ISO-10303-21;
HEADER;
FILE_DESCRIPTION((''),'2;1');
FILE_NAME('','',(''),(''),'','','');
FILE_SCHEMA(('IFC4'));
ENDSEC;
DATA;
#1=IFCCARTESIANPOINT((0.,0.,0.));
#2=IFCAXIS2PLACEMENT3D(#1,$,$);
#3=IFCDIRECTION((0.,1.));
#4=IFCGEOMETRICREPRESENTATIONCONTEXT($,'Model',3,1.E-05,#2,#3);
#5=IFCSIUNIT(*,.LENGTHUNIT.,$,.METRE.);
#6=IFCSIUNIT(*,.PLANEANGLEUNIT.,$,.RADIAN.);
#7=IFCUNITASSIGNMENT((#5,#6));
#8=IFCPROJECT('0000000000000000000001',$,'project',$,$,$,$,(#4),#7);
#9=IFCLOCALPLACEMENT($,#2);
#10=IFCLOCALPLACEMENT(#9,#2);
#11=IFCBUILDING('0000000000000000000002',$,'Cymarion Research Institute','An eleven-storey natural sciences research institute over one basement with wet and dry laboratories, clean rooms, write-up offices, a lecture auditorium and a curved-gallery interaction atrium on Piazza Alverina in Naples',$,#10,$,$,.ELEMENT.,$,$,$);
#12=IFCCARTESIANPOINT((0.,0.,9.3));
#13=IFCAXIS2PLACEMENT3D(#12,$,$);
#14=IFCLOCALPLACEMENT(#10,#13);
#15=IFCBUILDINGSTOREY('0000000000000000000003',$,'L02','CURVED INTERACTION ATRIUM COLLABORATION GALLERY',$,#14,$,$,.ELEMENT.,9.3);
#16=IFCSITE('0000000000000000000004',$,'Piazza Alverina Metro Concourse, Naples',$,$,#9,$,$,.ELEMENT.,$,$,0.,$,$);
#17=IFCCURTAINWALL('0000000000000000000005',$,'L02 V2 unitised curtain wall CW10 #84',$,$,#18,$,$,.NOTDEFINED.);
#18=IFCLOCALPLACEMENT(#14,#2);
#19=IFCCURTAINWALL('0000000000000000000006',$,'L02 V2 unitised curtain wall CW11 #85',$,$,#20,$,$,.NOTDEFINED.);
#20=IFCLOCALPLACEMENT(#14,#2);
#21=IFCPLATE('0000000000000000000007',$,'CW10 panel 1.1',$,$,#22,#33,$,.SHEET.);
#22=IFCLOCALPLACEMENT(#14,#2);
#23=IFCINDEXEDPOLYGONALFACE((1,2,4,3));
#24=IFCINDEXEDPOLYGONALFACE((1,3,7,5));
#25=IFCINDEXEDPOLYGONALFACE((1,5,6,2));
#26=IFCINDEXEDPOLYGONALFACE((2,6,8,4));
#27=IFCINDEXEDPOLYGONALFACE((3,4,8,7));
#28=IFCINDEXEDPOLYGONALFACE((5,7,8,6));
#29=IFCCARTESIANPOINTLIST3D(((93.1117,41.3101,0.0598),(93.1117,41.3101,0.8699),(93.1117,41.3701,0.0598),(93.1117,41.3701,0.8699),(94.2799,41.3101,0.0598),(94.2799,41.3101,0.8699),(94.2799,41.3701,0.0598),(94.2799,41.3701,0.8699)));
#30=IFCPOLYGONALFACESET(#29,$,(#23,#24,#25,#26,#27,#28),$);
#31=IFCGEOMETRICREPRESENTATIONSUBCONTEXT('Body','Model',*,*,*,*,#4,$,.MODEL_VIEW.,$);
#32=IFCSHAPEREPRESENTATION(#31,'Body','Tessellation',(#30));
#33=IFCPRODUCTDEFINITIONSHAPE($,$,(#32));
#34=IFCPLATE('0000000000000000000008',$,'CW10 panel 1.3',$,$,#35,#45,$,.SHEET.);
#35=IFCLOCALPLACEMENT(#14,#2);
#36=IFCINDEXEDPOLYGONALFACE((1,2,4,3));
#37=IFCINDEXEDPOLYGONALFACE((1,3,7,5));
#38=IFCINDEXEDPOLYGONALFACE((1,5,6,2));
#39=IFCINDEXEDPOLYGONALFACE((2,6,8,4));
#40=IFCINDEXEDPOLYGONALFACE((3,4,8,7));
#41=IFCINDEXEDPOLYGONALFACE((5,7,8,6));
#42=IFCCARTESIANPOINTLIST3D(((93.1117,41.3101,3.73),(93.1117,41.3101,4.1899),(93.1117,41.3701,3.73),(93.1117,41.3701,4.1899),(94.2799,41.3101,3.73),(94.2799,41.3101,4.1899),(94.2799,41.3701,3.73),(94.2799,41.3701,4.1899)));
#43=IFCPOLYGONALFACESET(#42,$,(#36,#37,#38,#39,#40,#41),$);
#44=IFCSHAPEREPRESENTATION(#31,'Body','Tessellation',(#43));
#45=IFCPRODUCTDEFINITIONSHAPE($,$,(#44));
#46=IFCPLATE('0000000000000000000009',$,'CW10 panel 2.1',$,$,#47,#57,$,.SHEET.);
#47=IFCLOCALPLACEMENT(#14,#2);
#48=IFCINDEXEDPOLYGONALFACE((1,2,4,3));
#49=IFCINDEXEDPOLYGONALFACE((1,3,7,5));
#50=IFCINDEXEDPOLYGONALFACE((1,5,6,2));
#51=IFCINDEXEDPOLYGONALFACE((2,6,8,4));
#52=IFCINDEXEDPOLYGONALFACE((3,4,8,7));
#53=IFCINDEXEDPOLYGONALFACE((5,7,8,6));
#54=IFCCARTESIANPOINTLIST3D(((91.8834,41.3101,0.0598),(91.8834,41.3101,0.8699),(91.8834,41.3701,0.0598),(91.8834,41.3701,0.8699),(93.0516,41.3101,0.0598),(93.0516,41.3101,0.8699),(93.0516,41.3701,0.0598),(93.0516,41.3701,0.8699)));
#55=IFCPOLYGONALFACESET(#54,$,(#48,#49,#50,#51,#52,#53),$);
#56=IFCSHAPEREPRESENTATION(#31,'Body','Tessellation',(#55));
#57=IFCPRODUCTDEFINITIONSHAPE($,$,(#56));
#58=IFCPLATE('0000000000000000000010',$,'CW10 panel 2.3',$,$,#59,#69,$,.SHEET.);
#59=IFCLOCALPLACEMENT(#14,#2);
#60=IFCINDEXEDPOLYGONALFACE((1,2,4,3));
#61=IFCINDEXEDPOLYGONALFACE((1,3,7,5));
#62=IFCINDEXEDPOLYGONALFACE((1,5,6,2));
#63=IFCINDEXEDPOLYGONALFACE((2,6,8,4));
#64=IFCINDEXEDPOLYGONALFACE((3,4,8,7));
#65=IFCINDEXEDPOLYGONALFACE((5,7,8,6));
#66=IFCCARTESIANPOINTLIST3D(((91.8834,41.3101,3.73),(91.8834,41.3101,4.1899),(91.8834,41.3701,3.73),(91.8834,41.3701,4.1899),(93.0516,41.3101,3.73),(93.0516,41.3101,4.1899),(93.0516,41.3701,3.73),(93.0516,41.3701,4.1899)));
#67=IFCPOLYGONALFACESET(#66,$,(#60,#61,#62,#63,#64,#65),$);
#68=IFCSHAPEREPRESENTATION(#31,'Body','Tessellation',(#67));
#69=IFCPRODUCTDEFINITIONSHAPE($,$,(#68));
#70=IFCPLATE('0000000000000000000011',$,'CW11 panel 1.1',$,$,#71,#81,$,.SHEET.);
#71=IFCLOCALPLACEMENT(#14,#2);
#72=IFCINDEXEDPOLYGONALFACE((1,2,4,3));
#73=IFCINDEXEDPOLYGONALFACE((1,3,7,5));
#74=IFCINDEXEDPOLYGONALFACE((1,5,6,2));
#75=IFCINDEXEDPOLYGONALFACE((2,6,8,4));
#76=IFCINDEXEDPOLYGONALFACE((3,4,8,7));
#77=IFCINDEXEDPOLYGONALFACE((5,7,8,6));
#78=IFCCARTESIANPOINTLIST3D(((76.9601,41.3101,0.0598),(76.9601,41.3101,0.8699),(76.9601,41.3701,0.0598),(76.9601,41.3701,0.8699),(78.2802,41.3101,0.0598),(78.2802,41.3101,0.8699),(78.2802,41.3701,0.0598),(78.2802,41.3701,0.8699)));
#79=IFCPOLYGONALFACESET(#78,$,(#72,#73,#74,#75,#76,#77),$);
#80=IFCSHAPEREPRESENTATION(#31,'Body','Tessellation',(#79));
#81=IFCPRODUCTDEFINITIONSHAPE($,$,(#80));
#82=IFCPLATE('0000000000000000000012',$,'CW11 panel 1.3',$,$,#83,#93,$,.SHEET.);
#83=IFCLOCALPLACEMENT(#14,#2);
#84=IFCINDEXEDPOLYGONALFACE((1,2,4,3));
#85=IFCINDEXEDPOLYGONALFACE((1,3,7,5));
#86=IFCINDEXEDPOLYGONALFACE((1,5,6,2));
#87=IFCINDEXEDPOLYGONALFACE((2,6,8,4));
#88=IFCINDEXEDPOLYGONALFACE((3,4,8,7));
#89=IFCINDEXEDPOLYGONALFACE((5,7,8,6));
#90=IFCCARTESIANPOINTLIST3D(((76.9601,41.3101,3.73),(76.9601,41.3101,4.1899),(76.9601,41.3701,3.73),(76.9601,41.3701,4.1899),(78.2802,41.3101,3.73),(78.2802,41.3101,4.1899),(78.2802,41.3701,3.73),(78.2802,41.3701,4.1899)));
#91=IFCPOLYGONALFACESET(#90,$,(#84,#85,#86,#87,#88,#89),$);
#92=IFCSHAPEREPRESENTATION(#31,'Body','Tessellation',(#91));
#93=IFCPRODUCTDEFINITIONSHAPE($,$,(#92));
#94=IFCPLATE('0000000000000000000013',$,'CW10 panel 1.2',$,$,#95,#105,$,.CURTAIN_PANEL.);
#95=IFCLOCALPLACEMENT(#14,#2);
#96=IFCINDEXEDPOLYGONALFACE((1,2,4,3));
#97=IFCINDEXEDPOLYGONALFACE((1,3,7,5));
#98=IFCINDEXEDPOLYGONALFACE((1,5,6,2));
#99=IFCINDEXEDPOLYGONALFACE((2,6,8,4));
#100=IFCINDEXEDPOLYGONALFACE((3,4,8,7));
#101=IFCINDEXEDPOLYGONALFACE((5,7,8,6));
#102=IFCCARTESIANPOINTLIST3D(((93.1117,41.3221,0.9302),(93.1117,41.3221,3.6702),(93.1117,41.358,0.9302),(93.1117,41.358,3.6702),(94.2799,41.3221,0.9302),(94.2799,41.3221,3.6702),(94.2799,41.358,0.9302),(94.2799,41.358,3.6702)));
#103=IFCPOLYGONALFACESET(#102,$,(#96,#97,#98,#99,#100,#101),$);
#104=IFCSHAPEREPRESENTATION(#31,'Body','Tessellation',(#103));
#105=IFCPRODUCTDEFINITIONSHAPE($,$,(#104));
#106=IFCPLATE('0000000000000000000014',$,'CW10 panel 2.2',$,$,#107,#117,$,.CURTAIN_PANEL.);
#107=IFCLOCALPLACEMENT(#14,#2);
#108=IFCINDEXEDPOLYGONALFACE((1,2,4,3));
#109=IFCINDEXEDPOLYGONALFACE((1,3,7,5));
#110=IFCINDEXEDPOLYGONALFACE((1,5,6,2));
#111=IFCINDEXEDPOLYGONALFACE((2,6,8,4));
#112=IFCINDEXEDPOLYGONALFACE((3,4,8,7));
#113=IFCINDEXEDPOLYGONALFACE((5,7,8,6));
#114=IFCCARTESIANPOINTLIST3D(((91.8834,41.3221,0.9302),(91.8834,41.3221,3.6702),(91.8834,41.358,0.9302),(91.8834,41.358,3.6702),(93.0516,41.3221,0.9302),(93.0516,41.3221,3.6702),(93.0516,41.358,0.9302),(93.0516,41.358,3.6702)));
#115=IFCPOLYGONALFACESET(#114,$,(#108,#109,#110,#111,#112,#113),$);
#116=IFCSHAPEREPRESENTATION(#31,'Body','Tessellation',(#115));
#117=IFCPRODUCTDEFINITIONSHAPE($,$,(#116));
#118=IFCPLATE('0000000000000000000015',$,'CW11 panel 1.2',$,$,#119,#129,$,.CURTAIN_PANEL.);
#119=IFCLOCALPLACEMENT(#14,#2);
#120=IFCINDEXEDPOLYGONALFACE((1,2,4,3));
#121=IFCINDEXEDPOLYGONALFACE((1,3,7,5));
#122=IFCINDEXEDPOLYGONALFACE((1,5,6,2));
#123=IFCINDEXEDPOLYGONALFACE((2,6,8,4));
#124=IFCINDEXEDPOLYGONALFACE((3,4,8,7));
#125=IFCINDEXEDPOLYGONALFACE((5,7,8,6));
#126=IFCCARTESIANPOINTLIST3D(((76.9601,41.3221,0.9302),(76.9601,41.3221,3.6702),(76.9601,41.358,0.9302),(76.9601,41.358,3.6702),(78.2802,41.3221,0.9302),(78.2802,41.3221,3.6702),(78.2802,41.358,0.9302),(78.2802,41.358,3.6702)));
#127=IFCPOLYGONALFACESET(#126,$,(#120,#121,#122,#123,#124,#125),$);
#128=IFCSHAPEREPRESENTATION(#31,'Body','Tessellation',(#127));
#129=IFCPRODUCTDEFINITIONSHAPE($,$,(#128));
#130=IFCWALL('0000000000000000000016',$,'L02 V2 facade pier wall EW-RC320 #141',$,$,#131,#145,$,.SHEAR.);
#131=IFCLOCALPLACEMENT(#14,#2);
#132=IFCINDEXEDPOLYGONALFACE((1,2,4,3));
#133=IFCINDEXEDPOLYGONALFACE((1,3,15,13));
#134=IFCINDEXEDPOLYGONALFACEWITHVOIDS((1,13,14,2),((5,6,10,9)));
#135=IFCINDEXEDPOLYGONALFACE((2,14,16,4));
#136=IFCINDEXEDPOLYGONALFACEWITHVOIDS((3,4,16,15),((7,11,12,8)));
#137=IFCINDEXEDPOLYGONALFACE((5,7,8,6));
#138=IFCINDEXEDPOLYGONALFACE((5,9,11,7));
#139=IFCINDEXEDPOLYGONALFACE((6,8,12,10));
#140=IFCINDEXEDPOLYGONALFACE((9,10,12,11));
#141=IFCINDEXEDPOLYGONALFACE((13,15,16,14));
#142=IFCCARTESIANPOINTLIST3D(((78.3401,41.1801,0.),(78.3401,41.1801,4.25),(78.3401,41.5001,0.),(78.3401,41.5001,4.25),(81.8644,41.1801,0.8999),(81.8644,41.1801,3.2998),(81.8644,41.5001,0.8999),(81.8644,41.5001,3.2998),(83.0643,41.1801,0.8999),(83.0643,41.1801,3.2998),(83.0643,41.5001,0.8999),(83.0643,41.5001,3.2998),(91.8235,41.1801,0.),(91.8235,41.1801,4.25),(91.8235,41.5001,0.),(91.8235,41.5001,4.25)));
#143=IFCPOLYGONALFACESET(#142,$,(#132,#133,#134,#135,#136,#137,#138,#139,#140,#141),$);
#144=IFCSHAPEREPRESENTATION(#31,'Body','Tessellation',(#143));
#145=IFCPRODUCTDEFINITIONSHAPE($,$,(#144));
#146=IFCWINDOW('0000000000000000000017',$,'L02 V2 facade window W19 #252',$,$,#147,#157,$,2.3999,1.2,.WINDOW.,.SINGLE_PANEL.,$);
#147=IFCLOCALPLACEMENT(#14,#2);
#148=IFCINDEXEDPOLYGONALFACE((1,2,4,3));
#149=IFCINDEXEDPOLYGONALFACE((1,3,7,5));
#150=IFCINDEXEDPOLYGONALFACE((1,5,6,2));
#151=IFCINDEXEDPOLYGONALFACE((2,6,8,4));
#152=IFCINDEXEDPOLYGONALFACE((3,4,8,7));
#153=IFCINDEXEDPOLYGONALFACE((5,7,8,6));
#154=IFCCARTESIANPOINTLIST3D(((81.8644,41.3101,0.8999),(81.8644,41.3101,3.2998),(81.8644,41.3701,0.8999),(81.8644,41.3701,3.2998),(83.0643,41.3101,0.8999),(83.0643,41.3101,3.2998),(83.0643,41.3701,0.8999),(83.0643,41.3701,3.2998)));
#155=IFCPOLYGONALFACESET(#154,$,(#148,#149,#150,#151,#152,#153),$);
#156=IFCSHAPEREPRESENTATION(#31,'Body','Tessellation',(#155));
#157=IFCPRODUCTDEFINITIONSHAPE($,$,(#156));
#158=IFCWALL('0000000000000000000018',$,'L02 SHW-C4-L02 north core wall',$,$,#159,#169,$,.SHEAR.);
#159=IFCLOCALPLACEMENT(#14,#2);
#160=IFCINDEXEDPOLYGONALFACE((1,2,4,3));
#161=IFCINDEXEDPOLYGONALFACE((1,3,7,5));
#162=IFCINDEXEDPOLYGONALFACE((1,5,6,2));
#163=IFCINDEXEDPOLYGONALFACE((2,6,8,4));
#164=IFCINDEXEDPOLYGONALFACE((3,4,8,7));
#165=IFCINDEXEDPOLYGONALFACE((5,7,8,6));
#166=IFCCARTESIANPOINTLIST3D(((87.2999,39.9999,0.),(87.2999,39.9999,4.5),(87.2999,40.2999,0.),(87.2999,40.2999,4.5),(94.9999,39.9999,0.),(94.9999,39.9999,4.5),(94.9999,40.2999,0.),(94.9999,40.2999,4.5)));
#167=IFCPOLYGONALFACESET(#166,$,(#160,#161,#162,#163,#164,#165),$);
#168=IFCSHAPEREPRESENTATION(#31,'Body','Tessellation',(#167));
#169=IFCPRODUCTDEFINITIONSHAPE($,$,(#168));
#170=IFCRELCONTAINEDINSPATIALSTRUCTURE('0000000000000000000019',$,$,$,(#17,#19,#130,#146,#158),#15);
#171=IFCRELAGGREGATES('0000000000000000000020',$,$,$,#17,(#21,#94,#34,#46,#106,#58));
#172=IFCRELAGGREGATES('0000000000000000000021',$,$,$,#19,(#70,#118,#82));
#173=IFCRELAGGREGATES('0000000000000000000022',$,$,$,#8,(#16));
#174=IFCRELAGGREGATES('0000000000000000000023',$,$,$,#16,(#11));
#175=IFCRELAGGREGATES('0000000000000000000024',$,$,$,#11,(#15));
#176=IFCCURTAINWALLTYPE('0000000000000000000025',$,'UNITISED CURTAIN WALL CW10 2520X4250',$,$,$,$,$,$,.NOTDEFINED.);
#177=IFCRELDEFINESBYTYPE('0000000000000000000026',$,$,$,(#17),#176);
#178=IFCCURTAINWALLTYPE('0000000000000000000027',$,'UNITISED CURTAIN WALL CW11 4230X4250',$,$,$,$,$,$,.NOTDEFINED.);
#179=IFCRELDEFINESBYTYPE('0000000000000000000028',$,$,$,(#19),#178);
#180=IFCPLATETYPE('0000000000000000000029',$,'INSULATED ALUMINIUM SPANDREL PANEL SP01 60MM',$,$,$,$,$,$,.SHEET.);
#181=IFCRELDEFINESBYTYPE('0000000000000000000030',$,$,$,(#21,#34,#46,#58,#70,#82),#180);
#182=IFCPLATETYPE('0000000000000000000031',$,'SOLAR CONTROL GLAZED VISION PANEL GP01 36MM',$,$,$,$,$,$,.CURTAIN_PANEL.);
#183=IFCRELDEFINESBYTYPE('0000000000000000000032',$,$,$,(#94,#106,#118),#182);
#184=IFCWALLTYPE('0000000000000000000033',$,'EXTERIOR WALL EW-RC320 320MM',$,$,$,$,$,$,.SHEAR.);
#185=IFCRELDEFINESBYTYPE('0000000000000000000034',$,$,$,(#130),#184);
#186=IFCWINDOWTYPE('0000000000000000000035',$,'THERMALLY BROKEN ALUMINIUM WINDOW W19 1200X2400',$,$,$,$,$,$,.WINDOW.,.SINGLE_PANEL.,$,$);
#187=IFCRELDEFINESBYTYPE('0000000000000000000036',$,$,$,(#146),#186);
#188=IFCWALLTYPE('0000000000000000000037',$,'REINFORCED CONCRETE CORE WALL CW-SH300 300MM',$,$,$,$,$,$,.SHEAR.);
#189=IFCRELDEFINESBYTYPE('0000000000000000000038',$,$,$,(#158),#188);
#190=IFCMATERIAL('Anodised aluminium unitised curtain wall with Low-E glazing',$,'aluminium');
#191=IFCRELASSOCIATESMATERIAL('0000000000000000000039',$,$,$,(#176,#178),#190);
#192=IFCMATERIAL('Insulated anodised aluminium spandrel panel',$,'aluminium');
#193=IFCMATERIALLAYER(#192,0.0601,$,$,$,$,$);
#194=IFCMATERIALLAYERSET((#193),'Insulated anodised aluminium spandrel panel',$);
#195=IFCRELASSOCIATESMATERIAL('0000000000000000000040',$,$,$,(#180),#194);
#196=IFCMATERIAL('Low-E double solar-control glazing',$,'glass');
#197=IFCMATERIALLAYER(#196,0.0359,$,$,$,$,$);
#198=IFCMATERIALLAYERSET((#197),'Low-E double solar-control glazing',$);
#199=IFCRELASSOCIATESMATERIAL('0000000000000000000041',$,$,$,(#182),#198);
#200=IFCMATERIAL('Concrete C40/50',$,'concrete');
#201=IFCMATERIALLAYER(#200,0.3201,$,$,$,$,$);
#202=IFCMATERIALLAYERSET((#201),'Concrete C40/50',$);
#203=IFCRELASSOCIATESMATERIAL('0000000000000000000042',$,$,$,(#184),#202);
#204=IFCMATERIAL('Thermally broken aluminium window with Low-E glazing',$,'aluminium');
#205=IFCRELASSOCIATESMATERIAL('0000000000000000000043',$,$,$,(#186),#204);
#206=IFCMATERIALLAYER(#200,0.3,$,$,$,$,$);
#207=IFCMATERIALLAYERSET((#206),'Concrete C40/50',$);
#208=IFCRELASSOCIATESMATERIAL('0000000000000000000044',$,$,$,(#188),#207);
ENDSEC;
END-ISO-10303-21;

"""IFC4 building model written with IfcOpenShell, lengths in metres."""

from ifc_helpers import new_model, si_unit, direction, frame, frame_2d, origin, origin_2d, place, context, subcontext, project, spatial, rectangle, extrude, material, layer, layer_set, type_object, element, fill, aggregate, save


model = new_model("IFC4")

# Units and contexts
model_context = context("Model", 3, precision=1e-05, world=origin(), true_north=direction((0.0, 1.0)))
body_context = subcontext(model_context, "Body", "Model", "MODEL_VIEW")
ifc_project = project(units=[si_unit("LENGTHUNIT", "METRE"), si_unit("PLANEANGLEUNIT", "RADIAN")], contexts=[model_context])

# Site, building, storey
site_placement = place(None, origin())
site = spatial("IfcSite", under=ifc_project, at=site_placement, Name="Piazza Alverina Metro Concourse, Naples", CompositionType="ELEMENT", RefElevation=0.0)
building_placement = place(site_placement, origin())
building = spatial("IfcBuilding", under=site, at=building_placement, Name="Cymarion Research Institute", Description="An eleven-storey natural sciences research institute over one basement with wet and dry laboratories, clean rooms, write-up offices, a lecture auditorium and a curved-gallery interaction atrium on Piazza Alverina in Naples", CompositionType="ELEMENT")
storey_placement = place(building_placement, frame((0.0, 0.0, 9.3)))
storey = spatial("IfcBuildingStorey", under=building, at=storey_placement, Name="L02", Description="CURVED INTERACTION ATRIUM COLLABORATION GALLERY", CompositionType="ELEMENT", Elevation=9.3)

# Curtain walls
ifc_material_1 = material(Name="Anodised aluminium unitised curtain wall with Low-E glazing", Category="aluminium")
curtain_wall_type_1 = type_object("IfcCurtainWallType", Name="UNITISED CURTAIN WALL CW10 2520X4250", PredefinedType="NOTDEFINED", material=ifc_material_1)
curtain_wall_1_placement = place(storey_placement, origin())
curtain_wall_1 = element("IfcCurtainWall", 1, at=curtain_wall_1_placement, inside=storey, type_object=curtain_wall_type_1, Name="L02 V2 unitised curtain wall CW10 #84", PredefinedType="NOTDEFINED")
curtain_wall_type_2 = type_object("IfcCurtainWallType", Name="UNITISED CURTAIN WALL CW11 4230X4250", PredefinedType="NOTDEFINED", material=ifc_material_1)
curtain_wall_2_placement = place(storey_placement, origin())
curtain_wall_2 = element("IfcCurtainWall", 2, at=curtain_wall_2_placement, inside=storey, type_object=curtain_wall_type_2, Name="L02 V2 unitised curtain wall CW11 #85", PredefinedType="NOTDEFINED")

# Plates
ifc_material_2 = material(Name="Insulated anodised aluminium spandrel panel", Category="aluminium")
ifc_layer_1 = layer(ifc_material_2, 0.0601)
ifc_layer_set_1 = layer_set([ifc_layer_1], Name="Insulated anodised aluminium spandrel panel")
plate_type_1 = type_object("IfcPlateType", Name="INSULATED ALUMINIUM SPANDREL PANEL SP01 60MM", PredefinedType="SHEET", material=ifc_layer_set_1)
plate_1_placement = place(storey_placement, frame((93.6958, 41.3401, 0.0598), z_axis=(0.0, 0.0, 1.0), x_axis=(-1.0, 0.0, 0.0)))
plate_1 = element("IfcPlate", 3, at=plate_1_placement, type_object=plate_type_1, Name="CW10 panel 1.1", PredefinedType="SHEET", context=body_context, shape_type="SweptSolid", body=[
    extrude(rectangle(XDim=1.1682, YDim=0.0601, at=origin_2d()), origin(), (0.0, 0.0, 1.0), 0.8101),
])
plate_2_placement = place(storey_placement, frame((93.6958, 41.3401, 3.73), z_axis=(0.0, 0.0, 1.0), x_axis=(-1.0, 0.0, 0.0)))
plate_2 = element("IfcPlate", 4, at=plate_2_placement, type_object=plate_type_1, Name="CW10 panel 1.3", PredefinedType="SHEET", context=body_context, shape_type="SweptSolid", body=[
    extrude(rectangle(XDim=1.1682, YDim=0.0601, at=origin_2d()), origin(), (0.0, 0.0, 1.0), 0.46),
])
plate_3_placement = place(storey_placement, frame((92.4675, 41.3401, 0.0598), z_axis=(0.0, 0.0, 1.0), x_axis=(-1.0, 0.0, 0.0)))
plate_3 = element("IfcPlate", 5, at=plate_3_placement, type_object=plate_type_1, Name="CW10 panel 2.1", PredefinedType="SHEET", context=body_context, shape_type="SweptSolid", body=[
    extrude(rectangle(XDim=1.1682, YDim=0.0601, at=origin_2d()), origin(), (0.0, 0.0, 1.0), 0.8101),
])
plate_4_placement = place(storey_placement, frame((92.4675, 41.3401, 3.73), z_axis=(0.0, 0.0, 1.0), x_axis=(-1.0, 0.0, 0.0)))
plate_4 = element("IfcPlate", 6, at=plate_4_placement, type_object=plate_type_1, Name="CW10 panel 2.3", PredefinedType="SHEET", context=body_context, shape_type="SweptSolid", body=[
    extrude(rectangle(XDim=1.1682, YDim=0.0601, at=origin_2d()), origin(), (0.0, 0.0, 1.0), 0.46),
])
plate_5_placement = place(storey_placement, frame((77.6201, 41.3401, 0.0598), z_axis=(0.0, 0.0, 1.0), x_axis=(-1.0, 0.0, 0.0)))
plate_5 = element("IfcPlate", 7, at=plate_5_placement, type_object=plate_type_1, Name="CW11 panel 1.1", PredefinedType="SHEET", context=body_context, shape_type="SweptSolid", body=[
    extrude(rectangle(XDim=1.3201, YDim=0.0601, at=origin_2d()), origin(), (0.0, 0.0, 1.0), 0.8101),
])
plate_6_placement = place(storey_placement, frame((77.6201, 41.3401, 3.73), z_axis=(0.0, 0.0, 1.0), x_axis=(-1.0, 0.0, 0.0)))
plate_6 = element("IfcPlate", 8, at=plate_6_placement, type_object=plate_type_1, Name="CW11 panel 1.3", PredefinedType="SHEET", context=body_context, shape_type="SweptSolid", body=[
    extrude(rectangle(XDim=1.3201, YDim=0.0601, at=origin_2d()), origin(), (0.0, 0.0, 1.0), 0.46),
])
ifc_material_3 = material(Name="Low-E double solar-control glazing", Category="glass")
ifc_layer_2 = layer(ifc_material_3, 0.0359)
ifc_layer_set_2 = layer_set([ifc_layer_2], Name="Low-E double solar-control glazing")
plate_type_2 = type_object("IfcPlateType", Name="SOLAR CONTROL GLAZED VISION PANEL GP01 36MM", PredefinedType="CURTAIN_PANEL", material=ifc_layer_set_2)
plate_7_placement = place(storey_placement, frame((93.6958, 41.3401, 0.9302), z_axis=(0.0, 0.0, 1.0), x_axis=(-1.0, 0.0, 0.0)))
plate_7 = element("IfcPlate", 9, at=plate_7_placement, type_object=plate_type_2, Name="CW10 panel 1.2", PredefinedType="CURTAIN_PANEL", context=body_context, shape_type="SweptSolid", body=[
    extrude(rectangle(XDim=1.1682, YDim=0.0359, at=origin_2d()), origin(), (0.0, 0.0, 1.0), 2.74),
])
plate_8_placement = place(storey_placement, frame((92.4675, 41.3401, 0.9302), z_axis=(0.0, 0.0, 1.0), x_axis=(-1.0, 0.0, 0.0)))
plate_8 = element("IfcPlate", 10, at=plate_8_placement, type_object=plate_type_2, Name="CW10 panel 2.2", PredefinedType="CURTAIN_PANEL", context=body_context, shape_type="SweptSolid", body=[
    extrude(rectangle(XDim=1.1682, YDim=0.0359, at=origin_2d()), origin(), (0.0, 0.0, 1.0), 2.74),
])
aggregate(curtain_wall_1, [plate_1, plate_7, plate_2, plate_3, plate_8, plate_4])
plate_9_placement = place(storey_placement, frame((77.6201, 41.3401, 0.9302), z_axis=(0.0, 0.0, 1.0), x_axis=(-1.0, 0.0, 0.0)))
plate_9 = element("IfcPlate", 11, at=plate_9_placement, type_object=plate_type_2, Name="CW11 panel 1.2", PredefinedType="CURTAIN_PANEL", context=body_context, shape_type="SweptSolid", body=[
    extrude(rectangle(XDim=1.3201, YDim=0.0359, at=origin_2d()), origin(), (0.0, 0.0, 1.0), 2.74),
])
aggregate(curtain_wall_2, [plate_5, plate_9, plate_6])

# Wall, opening, window
ifc_material_4 = material(Name="Concrete C40/50", Category="concrete")
ifc_layer_3 = layer(ifc_material_4, 0.3201)
ifc_layer_set_3 = layer_set([ifc_layer_3], Name="Concrete C40/50")
wall_type_1 = type_object("IfcWallType", Name="EXTERIOR WALL EW-RC320 320MM", PredefinedType="SHEAR", material=ifc_layer_set_3)
wall_1_placement = place(storey_placement, frame((91.8235, 41.3401, 0.0), z_axis=(0.0, 0.0, 1.0), x_axis=(-1.0, 0.0, 0.0)))
wall_1 = element("IfcWall", 12, at=wall_1_placement, inside=storey, type_object=wall_type_1, Name="L02 V2 facade pier wall EW-RC320 #141", PredefinedType="SHEAR", context=body_context, shape_type="SweptSolid", body=[
    extrude(rectangle(XDim=13.4834, YDim=0.3201, at=frame_2d((6.7417, 0.0))), origin(), (0.0, 0.0, 1.0), 4.25),
])
opening_1_placement = place(wall_1_placement, frame((8.759, 0.0, 0.8999)))
opening_1 = element("IfcOpeningElement", 13, at=opening_1_placement, cuts=wall_1, PredefinedType="OPENING", context=body_context, shape_type="SweptSolid", body=[
    extrude(rectangle(XDim=1.2, YDim=2.3999, at=frame_2d((0.6001, 1.2))), frame((0.0, 0.1699, 0.0), z_axis=(0.0, -1.0, 0.0), x_axis=(1.0, 0.0, 0.0)), (0.0, 0.0, 1.0), 0.3401),
])
ifc_material_5 = material(Name="Thermally broken aluminium window with Low-E glazing", Category="aluminium")
window_type = type_object("IfcWindowType", Name="THERMALLY BROKEN ALUMINIUM WINDOW W19 1200X2400", PartitioningType="SINGLE_PANEL", PredefinedType="WINDOW", material=ifc_material_5)
window_placement = place(opening_1_placement, origin())
window = element("IfcWindow", 14, at=window_placement, inside=storey, type_object=window_type, Name="L02 V2 facade window W19 #252", OverallHeight=2.3999, OverallWidth=1.2, PartitioningType="SINGLE_PANEL", PredefinedType="WINDOW", context=body_context, shape_type="SweptSolid", body=[
    extrude(rectangle(XDim=1.2, YDim=2.3999, at=frame_2d((0.6001, 1.2))), frame((0.0, 0.03, 0.0), z_axis=(0.0, -1.0, 0.0), x_axis=(1.0, 0.0, 0.0)), (0.0, 0.0, 1.0), 0.0601),
])
fill(opening_1, window)

# Wall
ifc_layer_4 = layer(ifc_material_4, 0.3)
ifc_layer_set_4 = layer_set([ifc_layer_4], Name="Concrete C40/50")
wall_type_2 = type_object("IfcWallType", Name="REINFORCED CONCRETE CORE WALL CW-SH300 300MM", PredefinedType="SHEAR", material=ifc_layer_set_4)
wall_2_placement = place(storey_placement, frame((95.0, 40.1499, 0.0), z_axis=(0.0, 0.0, 1.0), x_axis=(-1.0, 0.0, 0.0)))
element("IfcWall", 15, at=wall_2_placement, inside=storey, type_object=wall_type_2, Name="L02 SHW-C4-L02 north core wall", PredefinedType="SHEAR", context=body_context, shape_type="SweptSolid", body=[
    extrude(rectangle(XDim=7.7, YDim=0.3, at=frame_2d((3.8501, 0.0))), origin(), (0.0, 0.0, 1.0), 4.5),
])

save(model, "model.ifc")
